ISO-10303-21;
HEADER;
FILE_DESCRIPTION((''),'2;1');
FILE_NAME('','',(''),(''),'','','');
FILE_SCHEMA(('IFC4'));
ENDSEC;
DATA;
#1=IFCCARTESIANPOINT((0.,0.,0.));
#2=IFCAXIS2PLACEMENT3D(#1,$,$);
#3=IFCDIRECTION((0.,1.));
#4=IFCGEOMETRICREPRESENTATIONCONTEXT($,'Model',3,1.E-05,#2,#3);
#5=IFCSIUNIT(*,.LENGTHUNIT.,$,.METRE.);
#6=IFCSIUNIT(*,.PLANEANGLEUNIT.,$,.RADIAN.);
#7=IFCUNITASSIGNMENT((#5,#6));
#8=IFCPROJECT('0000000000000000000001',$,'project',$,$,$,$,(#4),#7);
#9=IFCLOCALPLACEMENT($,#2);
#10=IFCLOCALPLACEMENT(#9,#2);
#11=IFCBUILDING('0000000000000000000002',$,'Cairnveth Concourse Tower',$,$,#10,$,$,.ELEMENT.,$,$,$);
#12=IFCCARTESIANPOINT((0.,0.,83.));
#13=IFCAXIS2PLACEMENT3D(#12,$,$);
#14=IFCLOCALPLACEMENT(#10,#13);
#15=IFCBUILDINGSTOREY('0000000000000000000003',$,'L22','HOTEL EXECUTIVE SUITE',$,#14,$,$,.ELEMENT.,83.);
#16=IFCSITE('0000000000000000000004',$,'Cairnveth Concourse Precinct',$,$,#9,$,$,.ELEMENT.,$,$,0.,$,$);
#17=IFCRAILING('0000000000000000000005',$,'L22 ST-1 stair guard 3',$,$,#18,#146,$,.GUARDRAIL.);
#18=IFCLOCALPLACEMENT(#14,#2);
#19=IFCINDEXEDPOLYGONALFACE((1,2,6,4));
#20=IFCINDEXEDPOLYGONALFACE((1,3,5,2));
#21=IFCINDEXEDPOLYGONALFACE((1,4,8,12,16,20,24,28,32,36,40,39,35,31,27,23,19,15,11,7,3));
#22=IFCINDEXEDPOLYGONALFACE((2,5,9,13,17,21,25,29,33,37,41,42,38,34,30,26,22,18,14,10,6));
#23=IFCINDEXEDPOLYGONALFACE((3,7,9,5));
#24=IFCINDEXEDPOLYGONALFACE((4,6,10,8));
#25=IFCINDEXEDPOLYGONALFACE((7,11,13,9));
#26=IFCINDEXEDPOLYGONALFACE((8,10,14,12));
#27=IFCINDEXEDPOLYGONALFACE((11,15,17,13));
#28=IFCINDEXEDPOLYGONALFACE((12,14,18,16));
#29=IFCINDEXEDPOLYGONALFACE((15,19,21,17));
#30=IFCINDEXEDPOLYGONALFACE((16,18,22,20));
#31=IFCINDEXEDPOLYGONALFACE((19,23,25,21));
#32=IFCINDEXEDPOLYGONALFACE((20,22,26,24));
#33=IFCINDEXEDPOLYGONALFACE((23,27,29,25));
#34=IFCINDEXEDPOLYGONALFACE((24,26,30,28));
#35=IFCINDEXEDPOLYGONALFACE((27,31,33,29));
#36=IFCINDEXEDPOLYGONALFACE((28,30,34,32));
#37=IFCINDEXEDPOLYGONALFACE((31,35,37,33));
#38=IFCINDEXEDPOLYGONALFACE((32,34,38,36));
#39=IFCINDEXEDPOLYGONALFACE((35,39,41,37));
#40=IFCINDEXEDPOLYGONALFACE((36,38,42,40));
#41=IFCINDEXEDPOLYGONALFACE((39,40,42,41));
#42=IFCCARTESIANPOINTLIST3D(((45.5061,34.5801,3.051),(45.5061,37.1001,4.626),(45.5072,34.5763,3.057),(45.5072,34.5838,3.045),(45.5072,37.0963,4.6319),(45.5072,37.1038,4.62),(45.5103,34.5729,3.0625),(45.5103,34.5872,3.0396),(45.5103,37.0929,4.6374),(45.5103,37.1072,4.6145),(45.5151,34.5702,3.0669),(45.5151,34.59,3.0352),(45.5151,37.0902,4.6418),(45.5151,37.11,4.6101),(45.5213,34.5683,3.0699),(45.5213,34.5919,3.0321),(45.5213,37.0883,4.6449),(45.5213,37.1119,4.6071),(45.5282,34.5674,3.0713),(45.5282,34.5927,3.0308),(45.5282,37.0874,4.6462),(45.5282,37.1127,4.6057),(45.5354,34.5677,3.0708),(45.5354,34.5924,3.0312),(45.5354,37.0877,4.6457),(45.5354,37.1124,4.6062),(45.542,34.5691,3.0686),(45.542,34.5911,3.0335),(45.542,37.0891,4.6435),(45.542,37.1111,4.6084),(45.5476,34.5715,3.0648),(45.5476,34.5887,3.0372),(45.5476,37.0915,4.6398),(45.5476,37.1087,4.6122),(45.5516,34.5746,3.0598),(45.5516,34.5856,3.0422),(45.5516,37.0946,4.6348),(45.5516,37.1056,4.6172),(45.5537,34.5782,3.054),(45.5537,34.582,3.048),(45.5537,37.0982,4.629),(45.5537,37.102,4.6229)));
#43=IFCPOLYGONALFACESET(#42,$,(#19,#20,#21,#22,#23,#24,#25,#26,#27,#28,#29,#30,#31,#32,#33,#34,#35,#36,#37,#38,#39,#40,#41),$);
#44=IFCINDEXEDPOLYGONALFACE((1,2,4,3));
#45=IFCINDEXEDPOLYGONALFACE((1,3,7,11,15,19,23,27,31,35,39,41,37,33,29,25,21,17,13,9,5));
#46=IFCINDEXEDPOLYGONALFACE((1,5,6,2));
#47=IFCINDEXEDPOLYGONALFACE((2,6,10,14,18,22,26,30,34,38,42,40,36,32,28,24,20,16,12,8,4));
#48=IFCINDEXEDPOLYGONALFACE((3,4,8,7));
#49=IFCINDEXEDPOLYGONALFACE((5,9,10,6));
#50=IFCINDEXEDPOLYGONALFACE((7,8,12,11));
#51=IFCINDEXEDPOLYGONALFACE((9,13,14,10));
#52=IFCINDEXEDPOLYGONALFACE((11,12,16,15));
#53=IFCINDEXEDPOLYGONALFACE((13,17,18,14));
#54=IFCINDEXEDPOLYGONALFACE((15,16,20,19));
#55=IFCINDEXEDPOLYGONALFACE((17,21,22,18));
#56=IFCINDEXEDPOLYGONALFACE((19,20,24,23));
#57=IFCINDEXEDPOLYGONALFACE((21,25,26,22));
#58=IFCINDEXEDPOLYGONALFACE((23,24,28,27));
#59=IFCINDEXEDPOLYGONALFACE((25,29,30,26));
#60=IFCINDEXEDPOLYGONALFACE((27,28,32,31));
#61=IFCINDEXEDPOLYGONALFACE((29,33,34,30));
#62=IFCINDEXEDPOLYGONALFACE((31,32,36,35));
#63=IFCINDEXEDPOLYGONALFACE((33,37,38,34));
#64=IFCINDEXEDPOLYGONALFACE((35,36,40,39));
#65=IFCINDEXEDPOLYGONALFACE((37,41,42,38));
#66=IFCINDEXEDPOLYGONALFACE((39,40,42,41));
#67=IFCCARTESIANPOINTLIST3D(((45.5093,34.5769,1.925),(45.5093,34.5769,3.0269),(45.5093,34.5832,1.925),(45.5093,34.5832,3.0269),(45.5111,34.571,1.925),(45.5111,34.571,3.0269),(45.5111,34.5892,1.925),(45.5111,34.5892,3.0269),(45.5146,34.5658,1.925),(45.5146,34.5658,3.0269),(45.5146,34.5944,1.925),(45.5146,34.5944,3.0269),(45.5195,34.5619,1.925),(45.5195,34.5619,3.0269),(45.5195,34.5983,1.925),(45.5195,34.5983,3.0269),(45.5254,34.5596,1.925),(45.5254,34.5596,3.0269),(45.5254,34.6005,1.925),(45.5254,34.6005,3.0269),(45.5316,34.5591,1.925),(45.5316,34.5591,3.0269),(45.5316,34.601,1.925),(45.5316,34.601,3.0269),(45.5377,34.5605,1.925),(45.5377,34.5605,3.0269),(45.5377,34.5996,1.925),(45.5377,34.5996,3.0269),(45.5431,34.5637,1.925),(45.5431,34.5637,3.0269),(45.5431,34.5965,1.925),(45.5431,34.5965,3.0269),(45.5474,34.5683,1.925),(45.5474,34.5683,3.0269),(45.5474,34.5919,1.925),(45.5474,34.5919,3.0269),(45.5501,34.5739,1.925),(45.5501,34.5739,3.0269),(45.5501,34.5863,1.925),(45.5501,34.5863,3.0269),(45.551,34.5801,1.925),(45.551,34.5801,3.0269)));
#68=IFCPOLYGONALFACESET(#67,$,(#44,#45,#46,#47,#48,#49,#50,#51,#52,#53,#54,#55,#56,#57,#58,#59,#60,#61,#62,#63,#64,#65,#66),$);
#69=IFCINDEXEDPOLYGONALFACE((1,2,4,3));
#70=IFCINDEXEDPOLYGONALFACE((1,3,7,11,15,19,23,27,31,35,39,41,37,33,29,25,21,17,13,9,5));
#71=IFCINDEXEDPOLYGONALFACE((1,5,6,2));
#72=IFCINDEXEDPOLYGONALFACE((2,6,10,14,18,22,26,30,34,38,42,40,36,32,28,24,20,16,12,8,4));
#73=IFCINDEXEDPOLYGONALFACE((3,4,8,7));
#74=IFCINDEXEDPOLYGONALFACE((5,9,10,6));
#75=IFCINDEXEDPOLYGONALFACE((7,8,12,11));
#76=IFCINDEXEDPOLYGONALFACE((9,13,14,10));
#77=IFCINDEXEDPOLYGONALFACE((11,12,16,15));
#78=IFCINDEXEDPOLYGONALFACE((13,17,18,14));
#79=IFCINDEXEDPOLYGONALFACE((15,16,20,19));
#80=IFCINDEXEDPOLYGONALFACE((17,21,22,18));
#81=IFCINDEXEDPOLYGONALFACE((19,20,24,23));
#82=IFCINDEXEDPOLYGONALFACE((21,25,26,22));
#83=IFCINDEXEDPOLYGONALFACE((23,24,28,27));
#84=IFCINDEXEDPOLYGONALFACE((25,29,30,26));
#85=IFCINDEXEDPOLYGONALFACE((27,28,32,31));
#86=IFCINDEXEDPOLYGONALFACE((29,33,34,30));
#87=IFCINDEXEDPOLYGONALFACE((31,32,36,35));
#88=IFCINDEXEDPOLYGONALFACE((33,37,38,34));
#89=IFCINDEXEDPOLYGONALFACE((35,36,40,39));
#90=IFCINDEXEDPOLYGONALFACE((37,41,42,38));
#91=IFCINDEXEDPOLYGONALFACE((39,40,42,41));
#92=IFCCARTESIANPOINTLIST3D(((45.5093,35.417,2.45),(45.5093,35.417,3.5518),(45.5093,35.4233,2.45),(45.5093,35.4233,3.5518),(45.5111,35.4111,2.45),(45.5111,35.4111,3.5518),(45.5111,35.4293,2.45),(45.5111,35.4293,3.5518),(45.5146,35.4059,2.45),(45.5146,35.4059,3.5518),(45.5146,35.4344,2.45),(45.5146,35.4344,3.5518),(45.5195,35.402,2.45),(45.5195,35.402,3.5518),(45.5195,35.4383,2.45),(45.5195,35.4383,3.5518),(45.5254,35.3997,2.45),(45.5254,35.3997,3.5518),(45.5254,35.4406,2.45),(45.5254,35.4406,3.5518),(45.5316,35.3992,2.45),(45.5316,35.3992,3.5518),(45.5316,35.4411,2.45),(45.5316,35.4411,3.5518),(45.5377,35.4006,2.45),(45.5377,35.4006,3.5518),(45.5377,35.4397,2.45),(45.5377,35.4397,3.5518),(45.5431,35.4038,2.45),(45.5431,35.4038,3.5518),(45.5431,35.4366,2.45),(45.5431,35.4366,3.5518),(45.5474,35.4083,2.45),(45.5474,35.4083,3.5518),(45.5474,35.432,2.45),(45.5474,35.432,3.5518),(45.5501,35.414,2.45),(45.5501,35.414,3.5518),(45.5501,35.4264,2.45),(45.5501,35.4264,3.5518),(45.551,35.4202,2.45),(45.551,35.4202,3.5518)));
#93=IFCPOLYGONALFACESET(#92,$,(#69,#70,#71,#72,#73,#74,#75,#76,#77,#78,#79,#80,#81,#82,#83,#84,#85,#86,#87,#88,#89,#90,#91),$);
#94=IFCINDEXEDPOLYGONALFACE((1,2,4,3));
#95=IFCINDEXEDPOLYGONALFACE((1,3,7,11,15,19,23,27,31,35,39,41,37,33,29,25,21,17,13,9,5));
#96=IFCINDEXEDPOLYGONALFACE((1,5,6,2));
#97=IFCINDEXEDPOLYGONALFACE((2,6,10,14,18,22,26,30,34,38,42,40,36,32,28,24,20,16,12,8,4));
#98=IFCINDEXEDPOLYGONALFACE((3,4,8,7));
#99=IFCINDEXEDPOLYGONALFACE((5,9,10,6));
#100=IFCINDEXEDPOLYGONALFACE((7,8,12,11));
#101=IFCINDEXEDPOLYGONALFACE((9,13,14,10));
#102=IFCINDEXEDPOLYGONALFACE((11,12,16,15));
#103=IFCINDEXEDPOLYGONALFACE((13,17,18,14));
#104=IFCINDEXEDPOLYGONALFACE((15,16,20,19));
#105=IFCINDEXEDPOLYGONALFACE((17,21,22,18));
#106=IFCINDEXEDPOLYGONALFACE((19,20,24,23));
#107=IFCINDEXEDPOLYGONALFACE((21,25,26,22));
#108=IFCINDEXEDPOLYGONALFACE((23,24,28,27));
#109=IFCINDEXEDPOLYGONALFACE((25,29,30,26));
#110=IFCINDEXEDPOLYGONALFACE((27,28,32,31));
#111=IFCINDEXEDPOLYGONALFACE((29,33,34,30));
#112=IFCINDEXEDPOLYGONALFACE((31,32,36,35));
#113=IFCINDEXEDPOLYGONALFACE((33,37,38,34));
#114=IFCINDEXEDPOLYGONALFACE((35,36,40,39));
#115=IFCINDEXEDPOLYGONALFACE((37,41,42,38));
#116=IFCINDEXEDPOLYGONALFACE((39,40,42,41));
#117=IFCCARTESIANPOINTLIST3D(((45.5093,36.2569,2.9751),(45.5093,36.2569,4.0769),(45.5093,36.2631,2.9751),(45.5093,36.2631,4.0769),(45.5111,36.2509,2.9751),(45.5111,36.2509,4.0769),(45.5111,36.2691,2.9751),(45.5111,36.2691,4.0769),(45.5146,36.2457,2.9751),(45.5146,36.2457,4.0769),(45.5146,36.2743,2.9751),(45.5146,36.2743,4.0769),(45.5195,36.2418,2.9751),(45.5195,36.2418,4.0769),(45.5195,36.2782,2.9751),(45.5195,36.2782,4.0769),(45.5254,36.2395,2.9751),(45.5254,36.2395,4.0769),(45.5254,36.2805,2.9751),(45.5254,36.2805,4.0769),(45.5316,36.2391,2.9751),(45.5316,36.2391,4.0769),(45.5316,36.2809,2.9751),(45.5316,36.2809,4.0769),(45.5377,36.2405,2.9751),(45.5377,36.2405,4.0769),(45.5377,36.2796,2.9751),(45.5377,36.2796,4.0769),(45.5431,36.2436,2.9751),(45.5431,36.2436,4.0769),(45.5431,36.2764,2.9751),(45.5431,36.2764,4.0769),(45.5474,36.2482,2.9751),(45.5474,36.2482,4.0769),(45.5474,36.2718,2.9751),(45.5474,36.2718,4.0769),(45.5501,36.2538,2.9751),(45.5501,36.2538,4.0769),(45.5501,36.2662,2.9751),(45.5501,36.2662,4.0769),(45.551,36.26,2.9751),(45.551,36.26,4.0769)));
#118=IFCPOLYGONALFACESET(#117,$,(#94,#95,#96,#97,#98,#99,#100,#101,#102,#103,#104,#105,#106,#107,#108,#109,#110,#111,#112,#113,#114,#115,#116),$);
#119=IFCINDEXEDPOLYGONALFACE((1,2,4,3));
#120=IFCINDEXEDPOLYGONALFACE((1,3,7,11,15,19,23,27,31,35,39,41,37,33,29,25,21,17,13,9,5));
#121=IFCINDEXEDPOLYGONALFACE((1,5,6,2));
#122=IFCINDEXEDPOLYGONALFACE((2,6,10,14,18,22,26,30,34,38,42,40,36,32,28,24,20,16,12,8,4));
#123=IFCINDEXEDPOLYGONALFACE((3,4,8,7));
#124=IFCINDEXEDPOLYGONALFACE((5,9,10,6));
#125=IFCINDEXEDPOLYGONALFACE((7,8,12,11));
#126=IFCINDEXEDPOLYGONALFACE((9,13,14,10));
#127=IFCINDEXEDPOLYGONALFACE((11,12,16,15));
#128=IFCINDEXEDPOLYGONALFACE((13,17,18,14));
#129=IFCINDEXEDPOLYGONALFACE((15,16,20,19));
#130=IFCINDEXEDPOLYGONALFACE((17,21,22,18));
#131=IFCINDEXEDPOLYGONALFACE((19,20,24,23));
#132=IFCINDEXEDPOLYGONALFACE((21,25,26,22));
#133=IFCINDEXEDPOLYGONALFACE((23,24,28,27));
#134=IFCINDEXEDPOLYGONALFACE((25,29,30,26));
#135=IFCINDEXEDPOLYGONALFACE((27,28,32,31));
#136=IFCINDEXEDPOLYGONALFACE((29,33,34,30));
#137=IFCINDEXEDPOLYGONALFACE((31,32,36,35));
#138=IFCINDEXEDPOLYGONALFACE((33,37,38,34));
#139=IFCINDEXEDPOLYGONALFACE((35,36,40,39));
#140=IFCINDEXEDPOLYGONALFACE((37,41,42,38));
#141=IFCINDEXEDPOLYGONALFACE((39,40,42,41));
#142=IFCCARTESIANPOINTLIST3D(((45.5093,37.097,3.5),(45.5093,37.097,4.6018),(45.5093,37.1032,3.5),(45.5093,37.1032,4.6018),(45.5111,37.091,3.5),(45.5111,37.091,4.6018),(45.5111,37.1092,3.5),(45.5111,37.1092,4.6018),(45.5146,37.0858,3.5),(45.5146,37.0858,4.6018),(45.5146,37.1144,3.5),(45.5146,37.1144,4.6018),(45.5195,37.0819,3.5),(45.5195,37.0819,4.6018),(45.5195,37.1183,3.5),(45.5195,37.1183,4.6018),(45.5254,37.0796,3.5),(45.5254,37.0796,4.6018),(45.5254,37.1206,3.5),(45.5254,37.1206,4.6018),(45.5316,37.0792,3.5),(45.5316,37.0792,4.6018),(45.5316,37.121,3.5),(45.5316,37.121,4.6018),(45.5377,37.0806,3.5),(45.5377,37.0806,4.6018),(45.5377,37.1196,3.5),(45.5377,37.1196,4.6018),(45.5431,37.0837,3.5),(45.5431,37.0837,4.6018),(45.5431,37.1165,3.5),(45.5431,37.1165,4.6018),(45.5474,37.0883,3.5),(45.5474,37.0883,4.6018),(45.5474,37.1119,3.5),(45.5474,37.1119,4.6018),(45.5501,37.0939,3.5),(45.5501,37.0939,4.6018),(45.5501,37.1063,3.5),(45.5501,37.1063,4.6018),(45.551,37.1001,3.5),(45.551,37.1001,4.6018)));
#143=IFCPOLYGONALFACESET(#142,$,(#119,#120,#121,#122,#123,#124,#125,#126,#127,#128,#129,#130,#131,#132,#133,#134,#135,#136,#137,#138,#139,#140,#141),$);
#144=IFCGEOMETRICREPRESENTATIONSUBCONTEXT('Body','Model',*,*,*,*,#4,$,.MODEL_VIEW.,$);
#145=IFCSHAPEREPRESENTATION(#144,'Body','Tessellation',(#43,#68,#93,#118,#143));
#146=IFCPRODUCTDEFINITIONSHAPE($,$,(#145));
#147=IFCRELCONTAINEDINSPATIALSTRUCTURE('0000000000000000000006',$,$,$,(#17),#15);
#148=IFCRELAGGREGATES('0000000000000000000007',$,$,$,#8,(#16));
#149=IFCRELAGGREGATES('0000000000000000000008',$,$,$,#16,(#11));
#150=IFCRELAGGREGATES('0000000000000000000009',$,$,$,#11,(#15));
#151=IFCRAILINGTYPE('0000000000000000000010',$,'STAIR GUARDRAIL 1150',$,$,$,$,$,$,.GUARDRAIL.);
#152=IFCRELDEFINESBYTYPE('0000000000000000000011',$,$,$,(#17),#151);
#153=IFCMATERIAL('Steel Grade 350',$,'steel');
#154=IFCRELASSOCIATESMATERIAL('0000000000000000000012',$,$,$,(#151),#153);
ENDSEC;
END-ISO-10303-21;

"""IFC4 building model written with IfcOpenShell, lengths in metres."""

from ifc_helpers import new_model, si_unit, direction, frame, origin, origin_2d, place, context, subcontext, project, spatial, circle, extrude, material, type_object, element, save


model = new_model("IFC4")

# Units and contexts
model_context = context("Model", 3, precision=1e-05, world=origin(), true_north=direction((0.0, 1.0)))
body_context = subcontext(model_context, "Body", "Model", "MODEL_VIEW")
ifc_project = project(units=[si_unit("LENGTHUNIT", "METRE"), si_unit("PLANEANGLEUNIT", "RADIAN")], contexts=[model_context])

# Site, building, storey
site_placement = place(None, origin())
site = spatial("IfcSite", under=ifc_project, at=site_placement, Name="Cairnveth Concourse Precinct", CompositionType="ELEMENT", RefElevation=0.0)
building_placement = place(site_placement, origin())
building = spatial("IfcBuilding", under=site, at=building_placement, Name="Cairnveth Concourse Tower", CompositionType="ELEMENT")
storey_placement = place(building_placement, frame((0.0, 0.0, 83.0)))
storey = spatial("IfcBuildingStorey", under=building, at=storey_placement, Name="L22", Description="HOTEL EXECUTIVE SUITE", CompositionType="ELEMENT", Elevation=83.0)

# Railing
ifc_material_1 = material(Name="Steel Grade 350", Category="steel")
railing_type_1 = type_object("IfcRailingType", Name="STAIR GUARDRAIL 1150", PredefinedType="GUARDRAIL", material=ifc_material_1)
railing_1_placement = place(storey_placement, frame((45.53, 34.5801, 1.925)))
element("IfcRailing", 1, at=railing_1_placement, inside=storey, type_object=railing_type_1, Name="L22 ST-1 stair guard 3", PredefinedType="GUARDRAIL", context=body_context, shape_type="SweptSolid", body=[
    extrude(circle(Radius=0.0239, at=origin_2d()), frame((0.0, 0.0, 1.126), z_axis=(0.0, 0.848008, 0.529984), x_axis=(-1.0, 0.0, 0.0)), (0.0, 0.0, 1.0), 2.9717),
    extrude(circle(Radius=0.021, at=origin_2d()), origin(), (0.0, 0.0, 1.0), 1.1018),
    extrude(circle(Radius=0.021, at=origin_2d()), frame((0.0, 0.8401, 0.5249)), (0.0, 0.0, 1.0), 1.1018),
    extrude(circle(Radius=0.021, at=origin_2d()), frame((0.0, 1.6799, 1.05)), (0.0, 0.0, 1.0), 1.1018),
    extrude(circle(Radius=0.021, at=origin_2d()), frame((0.0, 2.52, 1.575)), (0.0, 0.0, 1.0), 1.1018),
])

save(model, "model.ifc")
